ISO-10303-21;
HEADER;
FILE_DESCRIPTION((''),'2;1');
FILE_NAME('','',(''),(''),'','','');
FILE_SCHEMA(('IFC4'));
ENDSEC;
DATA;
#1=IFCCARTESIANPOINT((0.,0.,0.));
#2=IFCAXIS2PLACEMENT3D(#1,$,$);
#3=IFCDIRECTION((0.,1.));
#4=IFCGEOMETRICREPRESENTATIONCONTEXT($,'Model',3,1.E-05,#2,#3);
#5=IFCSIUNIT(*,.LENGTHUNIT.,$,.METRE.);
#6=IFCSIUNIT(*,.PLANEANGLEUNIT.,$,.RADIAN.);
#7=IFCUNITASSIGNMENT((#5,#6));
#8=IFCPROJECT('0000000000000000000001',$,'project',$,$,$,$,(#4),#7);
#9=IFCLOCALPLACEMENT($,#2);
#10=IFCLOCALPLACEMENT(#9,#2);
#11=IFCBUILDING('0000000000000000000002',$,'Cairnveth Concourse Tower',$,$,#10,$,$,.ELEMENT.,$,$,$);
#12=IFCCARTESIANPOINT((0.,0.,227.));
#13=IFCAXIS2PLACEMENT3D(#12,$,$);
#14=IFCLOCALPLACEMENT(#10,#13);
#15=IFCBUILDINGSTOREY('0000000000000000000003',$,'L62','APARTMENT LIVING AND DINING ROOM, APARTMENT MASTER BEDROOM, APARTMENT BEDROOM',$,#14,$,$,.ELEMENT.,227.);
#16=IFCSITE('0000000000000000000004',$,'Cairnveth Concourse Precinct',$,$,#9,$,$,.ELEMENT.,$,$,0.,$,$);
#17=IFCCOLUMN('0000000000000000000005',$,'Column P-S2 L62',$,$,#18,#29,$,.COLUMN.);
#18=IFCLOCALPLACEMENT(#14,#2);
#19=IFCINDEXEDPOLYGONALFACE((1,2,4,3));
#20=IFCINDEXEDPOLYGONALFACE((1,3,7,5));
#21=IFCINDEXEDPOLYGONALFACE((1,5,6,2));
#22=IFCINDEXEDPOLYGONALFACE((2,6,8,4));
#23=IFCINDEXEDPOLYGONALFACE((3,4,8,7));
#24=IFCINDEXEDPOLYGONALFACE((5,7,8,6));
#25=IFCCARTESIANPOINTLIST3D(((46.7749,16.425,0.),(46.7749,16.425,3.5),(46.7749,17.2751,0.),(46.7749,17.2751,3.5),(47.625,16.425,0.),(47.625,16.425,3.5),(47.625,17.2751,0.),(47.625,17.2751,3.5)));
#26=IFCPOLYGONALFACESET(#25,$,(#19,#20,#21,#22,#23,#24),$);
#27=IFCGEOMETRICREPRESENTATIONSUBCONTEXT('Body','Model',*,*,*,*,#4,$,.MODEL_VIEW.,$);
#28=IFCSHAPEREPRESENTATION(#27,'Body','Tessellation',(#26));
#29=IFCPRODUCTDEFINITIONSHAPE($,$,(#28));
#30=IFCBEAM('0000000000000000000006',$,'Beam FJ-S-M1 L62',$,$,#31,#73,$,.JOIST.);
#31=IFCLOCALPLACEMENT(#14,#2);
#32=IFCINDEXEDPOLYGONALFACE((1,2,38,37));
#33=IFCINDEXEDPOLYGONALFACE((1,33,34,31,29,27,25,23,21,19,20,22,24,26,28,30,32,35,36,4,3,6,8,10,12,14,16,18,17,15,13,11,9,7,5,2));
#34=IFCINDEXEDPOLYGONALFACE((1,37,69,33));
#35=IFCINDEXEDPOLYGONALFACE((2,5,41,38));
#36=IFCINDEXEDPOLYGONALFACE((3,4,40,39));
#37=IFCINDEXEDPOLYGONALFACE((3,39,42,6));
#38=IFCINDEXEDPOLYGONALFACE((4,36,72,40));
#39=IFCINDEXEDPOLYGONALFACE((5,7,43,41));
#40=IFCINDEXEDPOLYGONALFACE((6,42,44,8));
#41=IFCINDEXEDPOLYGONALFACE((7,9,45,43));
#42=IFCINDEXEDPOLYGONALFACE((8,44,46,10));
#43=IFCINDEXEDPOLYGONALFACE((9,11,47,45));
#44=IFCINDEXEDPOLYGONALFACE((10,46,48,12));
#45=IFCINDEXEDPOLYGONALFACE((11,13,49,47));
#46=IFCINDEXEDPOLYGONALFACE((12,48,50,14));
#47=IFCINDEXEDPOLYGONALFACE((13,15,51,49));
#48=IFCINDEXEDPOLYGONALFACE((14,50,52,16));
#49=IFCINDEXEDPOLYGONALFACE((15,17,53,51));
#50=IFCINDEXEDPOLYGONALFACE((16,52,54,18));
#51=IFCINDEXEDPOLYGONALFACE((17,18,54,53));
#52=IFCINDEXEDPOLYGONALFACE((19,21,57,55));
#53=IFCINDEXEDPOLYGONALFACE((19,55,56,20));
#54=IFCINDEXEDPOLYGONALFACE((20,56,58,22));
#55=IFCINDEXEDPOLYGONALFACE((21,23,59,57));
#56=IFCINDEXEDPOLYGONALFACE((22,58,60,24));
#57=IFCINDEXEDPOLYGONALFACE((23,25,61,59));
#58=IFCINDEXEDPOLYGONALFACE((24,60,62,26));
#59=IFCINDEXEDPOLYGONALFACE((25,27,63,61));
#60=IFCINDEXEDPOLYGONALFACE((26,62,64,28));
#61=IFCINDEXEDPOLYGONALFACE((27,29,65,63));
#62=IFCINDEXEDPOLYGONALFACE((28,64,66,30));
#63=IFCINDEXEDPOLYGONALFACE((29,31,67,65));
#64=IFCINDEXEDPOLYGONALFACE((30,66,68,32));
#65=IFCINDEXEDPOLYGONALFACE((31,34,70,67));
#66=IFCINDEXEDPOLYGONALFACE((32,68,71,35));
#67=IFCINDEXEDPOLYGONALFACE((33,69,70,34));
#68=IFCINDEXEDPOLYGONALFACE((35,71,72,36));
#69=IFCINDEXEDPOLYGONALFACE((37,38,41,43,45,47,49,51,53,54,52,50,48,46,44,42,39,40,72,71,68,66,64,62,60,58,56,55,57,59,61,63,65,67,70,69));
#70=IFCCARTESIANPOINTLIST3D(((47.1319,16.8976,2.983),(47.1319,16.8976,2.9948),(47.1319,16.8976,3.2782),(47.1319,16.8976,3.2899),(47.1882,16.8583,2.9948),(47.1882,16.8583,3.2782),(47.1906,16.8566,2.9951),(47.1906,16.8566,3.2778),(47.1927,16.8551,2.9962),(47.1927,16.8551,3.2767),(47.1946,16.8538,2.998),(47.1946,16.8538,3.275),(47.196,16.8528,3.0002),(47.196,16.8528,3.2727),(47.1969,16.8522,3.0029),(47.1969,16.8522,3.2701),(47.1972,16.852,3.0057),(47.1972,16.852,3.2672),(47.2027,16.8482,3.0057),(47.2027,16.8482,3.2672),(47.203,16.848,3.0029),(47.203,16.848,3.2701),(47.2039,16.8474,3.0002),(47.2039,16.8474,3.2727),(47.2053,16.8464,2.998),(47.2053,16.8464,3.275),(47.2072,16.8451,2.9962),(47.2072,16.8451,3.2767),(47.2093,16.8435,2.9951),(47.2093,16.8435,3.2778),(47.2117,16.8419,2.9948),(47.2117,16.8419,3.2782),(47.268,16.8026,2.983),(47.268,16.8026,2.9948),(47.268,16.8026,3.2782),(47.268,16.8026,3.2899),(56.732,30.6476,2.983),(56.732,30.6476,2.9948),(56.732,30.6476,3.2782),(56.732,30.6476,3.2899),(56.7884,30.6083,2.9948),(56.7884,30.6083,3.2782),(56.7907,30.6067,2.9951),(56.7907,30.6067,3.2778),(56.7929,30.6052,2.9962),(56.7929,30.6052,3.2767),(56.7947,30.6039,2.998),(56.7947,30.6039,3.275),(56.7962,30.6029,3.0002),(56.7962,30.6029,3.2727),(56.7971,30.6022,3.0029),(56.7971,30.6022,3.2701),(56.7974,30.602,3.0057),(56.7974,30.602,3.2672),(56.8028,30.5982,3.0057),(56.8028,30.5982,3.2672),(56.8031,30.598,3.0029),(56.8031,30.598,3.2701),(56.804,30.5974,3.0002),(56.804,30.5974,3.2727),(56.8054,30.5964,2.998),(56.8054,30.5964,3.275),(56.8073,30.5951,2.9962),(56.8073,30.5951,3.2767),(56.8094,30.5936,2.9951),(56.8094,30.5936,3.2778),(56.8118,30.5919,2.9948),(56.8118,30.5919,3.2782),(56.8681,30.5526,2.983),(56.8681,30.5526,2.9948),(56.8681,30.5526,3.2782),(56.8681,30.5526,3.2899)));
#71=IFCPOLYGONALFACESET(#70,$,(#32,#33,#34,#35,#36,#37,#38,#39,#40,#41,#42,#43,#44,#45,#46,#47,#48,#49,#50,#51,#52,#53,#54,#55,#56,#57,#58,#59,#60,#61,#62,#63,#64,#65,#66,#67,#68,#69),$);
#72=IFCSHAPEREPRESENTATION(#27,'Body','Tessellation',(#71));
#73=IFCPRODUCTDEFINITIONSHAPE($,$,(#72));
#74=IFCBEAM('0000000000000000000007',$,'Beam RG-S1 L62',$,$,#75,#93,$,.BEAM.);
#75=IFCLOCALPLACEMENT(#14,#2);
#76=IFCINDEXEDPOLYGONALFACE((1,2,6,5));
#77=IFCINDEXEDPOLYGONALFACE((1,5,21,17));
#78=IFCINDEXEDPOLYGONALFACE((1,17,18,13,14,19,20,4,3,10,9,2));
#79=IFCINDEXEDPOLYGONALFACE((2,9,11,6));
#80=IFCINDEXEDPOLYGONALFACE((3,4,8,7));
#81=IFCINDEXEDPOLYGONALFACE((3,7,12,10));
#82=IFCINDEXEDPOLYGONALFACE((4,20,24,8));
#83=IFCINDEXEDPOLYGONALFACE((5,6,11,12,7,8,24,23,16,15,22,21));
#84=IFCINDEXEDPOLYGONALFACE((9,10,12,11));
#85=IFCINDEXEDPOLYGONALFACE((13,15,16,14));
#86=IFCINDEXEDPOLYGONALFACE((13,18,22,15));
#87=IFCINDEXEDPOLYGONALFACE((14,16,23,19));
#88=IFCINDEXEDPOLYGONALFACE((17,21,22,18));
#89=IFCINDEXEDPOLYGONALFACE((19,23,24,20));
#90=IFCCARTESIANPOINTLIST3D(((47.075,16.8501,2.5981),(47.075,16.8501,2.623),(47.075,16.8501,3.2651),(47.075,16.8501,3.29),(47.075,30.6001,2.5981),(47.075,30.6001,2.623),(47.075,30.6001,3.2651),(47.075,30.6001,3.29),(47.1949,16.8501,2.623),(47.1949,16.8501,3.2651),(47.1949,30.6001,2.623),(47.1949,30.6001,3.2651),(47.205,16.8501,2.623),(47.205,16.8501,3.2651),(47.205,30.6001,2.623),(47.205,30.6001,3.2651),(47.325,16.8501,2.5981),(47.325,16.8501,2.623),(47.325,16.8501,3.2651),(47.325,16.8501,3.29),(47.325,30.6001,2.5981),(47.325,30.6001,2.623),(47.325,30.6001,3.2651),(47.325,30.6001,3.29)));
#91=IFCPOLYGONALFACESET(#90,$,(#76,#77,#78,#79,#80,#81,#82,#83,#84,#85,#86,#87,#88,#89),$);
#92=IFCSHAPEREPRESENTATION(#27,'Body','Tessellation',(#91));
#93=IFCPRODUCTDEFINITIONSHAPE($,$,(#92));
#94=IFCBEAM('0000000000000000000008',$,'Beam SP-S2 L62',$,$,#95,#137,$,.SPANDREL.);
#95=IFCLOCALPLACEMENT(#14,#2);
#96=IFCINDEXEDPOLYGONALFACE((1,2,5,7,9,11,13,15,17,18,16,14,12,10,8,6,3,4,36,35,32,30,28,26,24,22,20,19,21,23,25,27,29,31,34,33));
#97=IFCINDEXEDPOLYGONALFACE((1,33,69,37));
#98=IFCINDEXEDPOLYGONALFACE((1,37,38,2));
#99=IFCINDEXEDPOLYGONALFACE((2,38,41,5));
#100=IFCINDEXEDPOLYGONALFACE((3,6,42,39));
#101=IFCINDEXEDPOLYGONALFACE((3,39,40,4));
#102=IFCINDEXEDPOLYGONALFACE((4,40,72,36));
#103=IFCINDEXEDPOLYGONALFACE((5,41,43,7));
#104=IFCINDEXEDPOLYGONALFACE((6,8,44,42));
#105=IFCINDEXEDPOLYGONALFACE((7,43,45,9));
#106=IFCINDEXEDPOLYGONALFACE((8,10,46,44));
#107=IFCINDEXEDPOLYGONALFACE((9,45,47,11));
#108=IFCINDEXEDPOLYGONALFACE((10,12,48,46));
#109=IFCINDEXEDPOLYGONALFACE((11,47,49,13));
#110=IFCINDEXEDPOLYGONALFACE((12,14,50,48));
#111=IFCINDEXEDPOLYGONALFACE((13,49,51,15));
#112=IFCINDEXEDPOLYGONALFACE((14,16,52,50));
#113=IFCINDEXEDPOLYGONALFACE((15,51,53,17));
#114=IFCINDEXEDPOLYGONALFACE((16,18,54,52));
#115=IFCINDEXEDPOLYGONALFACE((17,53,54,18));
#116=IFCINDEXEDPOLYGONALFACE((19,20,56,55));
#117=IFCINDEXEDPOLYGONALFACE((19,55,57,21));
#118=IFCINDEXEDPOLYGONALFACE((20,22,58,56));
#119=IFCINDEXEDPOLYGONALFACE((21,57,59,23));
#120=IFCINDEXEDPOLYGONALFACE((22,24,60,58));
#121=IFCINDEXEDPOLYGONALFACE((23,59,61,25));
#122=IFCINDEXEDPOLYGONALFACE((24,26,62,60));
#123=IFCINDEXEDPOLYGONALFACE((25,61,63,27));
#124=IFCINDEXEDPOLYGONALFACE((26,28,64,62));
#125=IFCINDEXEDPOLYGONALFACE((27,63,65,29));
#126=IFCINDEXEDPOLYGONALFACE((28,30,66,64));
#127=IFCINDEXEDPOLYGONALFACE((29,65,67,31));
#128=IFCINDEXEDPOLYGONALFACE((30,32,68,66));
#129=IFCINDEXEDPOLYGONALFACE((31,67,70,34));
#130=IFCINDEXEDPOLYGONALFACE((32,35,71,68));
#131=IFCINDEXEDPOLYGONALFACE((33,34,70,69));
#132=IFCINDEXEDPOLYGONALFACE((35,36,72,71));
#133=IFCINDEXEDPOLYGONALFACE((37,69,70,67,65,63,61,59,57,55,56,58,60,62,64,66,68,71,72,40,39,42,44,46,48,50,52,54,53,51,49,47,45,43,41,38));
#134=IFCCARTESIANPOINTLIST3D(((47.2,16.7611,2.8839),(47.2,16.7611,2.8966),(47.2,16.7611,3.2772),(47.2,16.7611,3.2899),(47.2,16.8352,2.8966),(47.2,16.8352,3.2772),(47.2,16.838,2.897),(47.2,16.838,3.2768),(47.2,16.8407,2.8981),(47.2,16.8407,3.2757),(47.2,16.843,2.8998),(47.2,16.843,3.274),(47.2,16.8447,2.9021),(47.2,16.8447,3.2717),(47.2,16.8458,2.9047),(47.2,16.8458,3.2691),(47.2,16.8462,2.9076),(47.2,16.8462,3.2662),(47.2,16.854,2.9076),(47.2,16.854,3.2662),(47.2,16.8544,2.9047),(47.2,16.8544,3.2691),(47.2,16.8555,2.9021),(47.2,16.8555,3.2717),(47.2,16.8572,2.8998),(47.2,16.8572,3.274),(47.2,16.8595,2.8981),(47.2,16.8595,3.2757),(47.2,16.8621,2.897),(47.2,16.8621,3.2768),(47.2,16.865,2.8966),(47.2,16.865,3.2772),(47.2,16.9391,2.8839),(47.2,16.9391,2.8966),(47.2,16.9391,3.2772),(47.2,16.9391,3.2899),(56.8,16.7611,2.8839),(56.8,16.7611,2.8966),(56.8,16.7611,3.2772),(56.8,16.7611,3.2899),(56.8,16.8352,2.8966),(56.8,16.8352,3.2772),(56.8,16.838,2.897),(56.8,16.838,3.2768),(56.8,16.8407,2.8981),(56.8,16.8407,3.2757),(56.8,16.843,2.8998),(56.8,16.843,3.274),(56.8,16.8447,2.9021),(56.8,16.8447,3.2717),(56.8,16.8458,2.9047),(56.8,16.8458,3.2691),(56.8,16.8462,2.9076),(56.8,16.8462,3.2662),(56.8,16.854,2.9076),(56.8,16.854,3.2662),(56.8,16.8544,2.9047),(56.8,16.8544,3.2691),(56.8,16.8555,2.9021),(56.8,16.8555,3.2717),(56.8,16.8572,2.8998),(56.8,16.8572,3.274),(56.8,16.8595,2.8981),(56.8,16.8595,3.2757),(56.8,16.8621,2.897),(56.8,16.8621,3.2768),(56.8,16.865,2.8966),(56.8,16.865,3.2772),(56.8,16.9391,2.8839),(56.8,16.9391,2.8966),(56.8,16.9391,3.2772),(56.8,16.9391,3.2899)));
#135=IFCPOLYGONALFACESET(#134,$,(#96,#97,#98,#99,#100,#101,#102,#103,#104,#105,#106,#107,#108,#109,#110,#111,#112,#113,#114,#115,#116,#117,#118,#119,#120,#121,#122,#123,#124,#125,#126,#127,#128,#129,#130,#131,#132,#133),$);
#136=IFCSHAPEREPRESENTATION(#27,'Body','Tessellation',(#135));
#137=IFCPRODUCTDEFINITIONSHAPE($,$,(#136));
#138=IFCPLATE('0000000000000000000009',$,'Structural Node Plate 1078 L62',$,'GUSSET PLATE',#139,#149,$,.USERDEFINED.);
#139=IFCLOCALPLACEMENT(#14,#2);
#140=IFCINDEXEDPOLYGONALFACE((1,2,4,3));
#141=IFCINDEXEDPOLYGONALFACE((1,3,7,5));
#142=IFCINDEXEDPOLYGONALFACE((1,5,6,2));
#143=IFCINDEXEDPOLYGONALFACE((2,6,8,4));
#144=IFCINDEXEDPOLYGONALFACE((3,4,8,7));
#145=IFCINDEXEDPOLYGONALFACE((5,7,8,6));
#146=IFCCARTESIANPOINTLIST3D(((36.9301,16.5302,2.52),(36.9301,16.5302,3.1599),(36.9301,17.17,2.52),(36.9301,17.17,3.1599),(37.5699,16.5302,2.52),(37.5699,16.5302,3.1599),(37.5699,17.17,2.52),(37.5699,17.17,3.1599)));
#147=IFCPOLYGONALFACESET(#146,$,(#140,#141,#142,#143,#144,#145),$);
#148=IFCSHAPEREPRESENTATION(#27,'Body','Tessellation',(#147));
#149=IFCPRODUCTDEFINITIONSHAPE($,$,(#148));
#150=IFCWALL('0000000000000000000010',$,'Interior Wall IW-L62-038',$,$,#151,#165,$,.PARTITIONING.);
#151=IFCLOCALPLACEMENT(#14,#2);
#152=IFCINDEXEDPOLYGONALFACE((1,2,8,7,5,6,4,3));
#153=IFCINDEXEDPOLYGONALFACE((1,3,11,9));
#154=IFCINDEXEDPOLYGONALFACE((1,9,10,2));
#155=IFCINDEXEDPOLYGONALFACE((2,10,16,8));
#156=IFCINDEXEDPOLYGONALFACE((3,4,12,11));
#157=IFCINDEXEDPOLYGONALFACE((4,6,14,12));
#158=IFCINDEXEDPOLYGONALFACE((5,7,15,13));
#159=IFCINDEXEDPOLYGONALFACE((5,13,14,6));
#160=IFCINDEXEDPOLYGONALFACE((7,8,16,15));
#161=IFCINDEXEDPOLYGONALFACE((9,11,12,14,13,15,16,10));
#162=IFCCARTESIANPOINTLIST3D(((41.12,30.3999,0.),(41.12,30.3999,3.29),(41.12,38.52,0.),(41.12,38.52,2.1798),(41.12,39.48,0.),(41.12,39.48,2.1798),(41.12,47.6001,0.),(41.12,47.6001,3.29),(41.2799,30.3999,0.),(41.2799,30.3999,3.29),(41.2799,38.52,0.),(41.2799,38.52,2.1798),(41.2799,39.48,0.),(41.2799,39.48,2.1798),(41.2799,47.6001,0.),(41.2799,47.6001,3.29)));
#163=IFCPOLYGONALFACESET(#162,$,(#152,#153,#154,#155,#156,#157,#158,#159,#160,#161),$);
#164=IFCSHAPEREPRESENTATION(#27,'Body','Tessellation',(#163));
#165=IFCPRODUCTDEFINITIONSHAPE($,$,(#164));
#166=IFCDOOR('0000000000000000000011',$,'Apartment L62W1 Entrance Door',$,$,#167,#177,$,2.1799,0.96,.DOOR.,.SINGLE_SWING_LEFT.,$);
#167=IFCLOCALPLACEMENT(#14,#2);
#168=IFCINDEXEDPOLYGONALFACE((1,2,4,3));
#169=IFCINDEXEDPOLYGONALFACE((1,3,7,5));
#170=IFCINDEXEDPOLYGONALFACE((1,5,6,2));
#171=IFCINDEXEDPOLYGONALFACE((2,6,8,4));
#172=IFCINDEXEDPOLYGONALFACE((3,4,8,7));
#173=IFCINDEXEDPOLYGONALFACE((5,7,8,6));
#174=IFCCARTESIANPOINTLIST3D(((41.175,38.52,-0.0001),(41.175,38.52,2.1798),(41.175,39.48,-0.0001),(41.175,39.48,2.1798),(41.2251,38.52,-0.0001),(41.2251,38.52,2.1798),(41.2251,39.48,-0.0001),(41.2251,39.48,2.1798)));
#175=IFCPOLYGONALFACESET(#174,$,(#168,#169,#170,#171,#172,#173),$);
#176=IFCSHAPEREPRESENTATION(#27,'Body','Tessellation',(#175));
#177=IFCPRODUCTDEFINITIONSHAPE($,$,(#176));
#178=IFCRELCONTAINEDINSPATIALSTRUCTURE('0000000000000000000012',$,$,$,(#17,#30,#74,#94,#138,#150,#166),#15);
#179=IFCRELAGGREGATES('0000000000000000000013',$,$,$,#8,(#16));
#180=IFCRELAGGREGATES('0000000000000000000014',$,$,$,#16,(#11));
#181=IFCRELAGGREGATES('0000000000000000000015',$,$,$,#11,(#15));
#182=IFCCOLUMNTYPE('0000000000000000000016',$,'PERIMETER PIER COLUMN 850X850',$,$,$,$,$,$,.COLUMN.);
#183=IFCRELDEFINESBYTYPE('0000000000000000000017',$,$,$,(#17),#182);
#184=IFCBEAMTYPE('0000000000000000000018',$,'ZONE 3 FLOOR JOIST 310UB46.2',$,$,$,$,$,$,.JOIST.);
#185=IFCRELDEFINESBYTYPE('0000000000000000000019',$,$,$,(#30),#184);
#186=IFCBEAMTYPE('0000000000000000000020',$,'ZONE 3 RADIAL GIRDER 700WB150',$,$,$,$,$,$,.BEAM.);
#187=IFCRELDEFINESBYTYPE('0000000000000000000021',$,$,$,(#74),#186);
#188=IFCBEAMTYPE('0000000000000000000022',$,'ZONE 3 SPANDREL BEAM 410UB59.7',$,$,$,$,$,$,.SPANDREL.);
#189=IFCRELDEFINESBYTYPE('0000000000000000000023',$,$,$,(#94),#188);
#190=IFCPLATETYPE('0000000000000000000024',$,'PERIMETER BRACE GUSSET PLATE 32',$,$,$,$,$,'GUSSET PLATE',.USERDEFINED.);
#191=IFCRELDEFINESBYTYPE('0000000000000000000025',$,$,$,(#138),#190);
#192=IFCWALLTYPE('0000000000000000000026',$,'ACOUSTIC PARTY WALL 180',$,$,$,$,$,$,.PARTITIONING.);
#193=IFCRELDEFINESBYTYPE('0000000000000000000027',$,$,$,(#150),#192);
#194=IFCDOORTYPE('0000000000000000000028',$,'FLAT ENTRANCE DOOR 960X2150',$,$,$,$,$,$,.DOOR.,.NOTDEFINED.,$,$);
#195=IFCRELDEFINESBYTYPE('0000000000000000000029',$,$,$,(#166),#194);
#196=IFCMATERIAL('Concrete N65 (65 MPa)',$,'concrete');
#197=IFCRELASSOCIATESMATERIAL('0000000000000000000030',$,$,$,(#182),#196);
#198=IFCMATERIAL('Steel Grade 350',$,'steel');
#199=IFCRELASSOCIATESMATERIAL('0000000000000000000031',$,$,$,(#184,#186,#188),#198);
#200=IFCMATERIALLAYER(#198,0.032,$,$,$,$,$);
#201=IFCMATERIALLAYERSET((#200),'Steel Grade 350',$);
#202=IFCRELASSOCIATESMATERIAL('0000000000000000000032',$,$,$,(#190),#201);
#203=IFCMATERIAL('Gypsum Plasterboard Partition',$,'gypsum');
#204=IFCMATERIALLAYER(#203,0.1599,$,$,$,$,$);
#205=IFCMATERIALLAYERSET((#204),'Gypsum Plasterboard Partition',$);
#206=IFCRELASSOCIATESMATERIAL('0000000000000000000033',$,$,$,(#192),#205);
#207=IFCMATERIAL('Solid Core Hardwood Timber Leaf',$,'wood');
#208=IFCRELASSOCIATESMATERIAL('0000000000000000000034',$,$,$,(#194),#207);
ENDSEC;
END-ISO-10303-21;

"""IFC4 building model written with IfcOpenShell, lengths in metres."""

from ifc_helpers import new_model, si_unit, direction, frame, frame_2d, origin, origin_2d, place, context, subcontext, project, spatial, rectangle, i_section, extrude, material, layer, layer_set, material_profile, profile_set, type_object, element, fill, save


model = new_model("IFC4")

# Units and contexts
model_context = context("Model", 3, precision=1e-05, world=origin(), true_north=direction((0.0, 1.0)))
body_context = subcontext(model_context, "Body", "Model", "MODEL_VIEW")
ifc_project = project(units=[si_unit("LENGTHUNIT", "METRE"), si_unit("PLANEANGLEUNIT", "RADIAN")], contexts=[model_context])

# Site, building, storey
site_placement = place(None, origin())
site = spatial("IfcSite", under=ifc_project, at=site_placement, Name="Cairnveth Concourse Precinct", CompositionType="ELEMENT", RefElevation=0.0)
building_placement = place(site_placement, origin())
building = spatial("IfcBuilding", under=site, at=building_placement, Name="Cairnveth Concourse Tower", CompositionType="ELEMENT")
storey_placement = place(building_placement, frame((0.0, 0.0, 227.0)))
storey = spatial("IfcBuildingStorey", under=building, at=storey_placement, Name="L62", Description="APARTMENT LIVING AND DINING ROOM, APARTMENT MASTER BEDROOM, APARTMENT BEDROOM", CompositionType="ELEMENT", Elevation=227.0)

# Column
ifc_material_1 = material(Name="Concrete N65 (65 MPa)", Category="concrete")
ifc_material_profile_1 = material_profile(ifc_material_1, rectangle(XDim=0.8501, YDim=0.8501, at=origin_2d()), Name="RC-COL-850x850")
ifc_profile_set_1 = profile_set([ifc_material_profile_1], Name="Concrete N65 (65 MPa)")
column_type = type_object("IfcColumnType", Name="PERIMETER PIER COLUMN 850X850", PredefinedType="COLUMN", material=ifc_profile_set_1)
column_placement = place(storey_placement, frame((47.2, 16.8501, 0.0), z_axis=(0.0, 0.0, 1.0), x_axis=(1.0, 0.0, 0.0)))
element("IfcColumn", 1, at=column_placement, inside=storey, type_object=column_type, Name="Column P-S2 L62", PredefinedType="COLUMN", context=body_context, shape_type="SweptSolid", body=[
    extrude(rectangle(XDim=0.8501, YDim=0.8501, at=origin_2d()), origin(), (0.0, 0.0, 1.0), 3.5),
])

# Beams
ifc_material_2 = material(Name="Steel Grade 350", Category="steel")
ifc_material_profile_2 = material_profile(ifc_material_2, i_section(OverallWidth=0.166, OverallDepth=0.3069, WebThickness=0.0066, FlangeThickness=0.0117, FilletRadius=0.011, at=origin_2d()), Name="310UB46.2")
ifc_profile_set_2 = profile_set([ifc_material_profile_2], Name="Steel Grade 350")
beam_type_1 = type_object("IfcBeamType", Name="ZONE 3 FLOOR JOIST 310UB46.2", PredefinedType="JOIST", material=ifc_profile_set_2)
beam_1_placement = place(storey_placement, frame((47.2, 16.8501, 3.1365), z_axis=(0.572465, 0.819929, 0.0), x_axis=(-0.819929, 0.572465, 0.0)))
element("IfcBeam", 2, at=beam_1_placement, inside=storey, type_object=beam_type_1, Name="Beam FJ-S-M1 L62", PredefinedType="JOIST", context=body_context, shape_type="SweptSolid", body=[
    extrude(i_section(OverallWidth=0.166, OverallDepth=0.3069, WebThickness=0.0066, FlangeThickness=0.0117, FilletRadius=0.011, at=origin_2d()), origin(), (0.0, 0.0, 1.0), 16.7698),
])
ifc_material_profile_3 = material_profile(ifc_material_2, i_section(OverallWidth=0.25, OverallDepth=0.6919, WebThickness=0.01, FlangeThickness=0.0249, at=origin_2d()), Name="700WB150")
ifc_profile_set_3 = profile_set([ifc_material_profile_3], Name="Steel Grade 350")
beam_type_2 = type_object("IfcBeamType", Name="ZONE 3 RADIAL GIRDER 700WB150", PredefinedType="BEAM", material=ifc_profile_set_3)
beam_2_placement = place(storey_placement, frame((47.2, 16.8501, 2.9441), z_axis=(0.0, 1.0, 0.0), x_axis=(-1.0, 0.0, 0.0)))
element("IfcBeam", 3, at=beam_2_placement, inside=storey, type_object=beam_type_2, Name="Beam RG-S1 L62", PredefinedType="BEAM", context=body_context, shape_type="SweptSolid", body=[
    extrude(i_section(OverallWidth=0.25, OverallDepth=0.6919, WebThickness=0.01, FlangeThickness=0.0249, at=origin_2d()), origin(), (0.0, 0.0, 1.0), 13.75),
])
ifc_material_profile_4 = material_profile(ifc_material_2, i_section(OverallWidth=0.178, OverallDepth=0.406, WebThickness=0.0078, FlangeThickness=0.0127, FilletRadius=0.011, at=origin_2d()), Name="410UB59.7")
ifc_profile_set_4 = profile_set([ifc_material_profile_4], Name="Steel Grade 350")
beam_type_3 = type_object("IfcBeamType", Name="ZONE 3 SPANDREL BEAM 410UB59.7", PredefinedType="SPANDREL", material=ifc_profile_set_4)
beam_3_placement = place(storey_placement, frame((47.2, 16.8501, 3.0869), z_axis=(1.0, 0.0, 0.0), x_axis=(0.0, 1.0, 0.0)))
element("IfcBeam", 4, at=beam_3_placement, inside=storey, type_object=beam_type_3, Name="Beam SP-S2 L62", PredefinedType="SPANDREL", context=body_context, shape_type="SweptSolid", body=[
    extrude(i_section(OverallWidth=0.178, OverallDepth=0.406, WebThickness=0.0078, FlangeThickness=0.0127, FilletRadius=0.011, at=origin_2d()), origin(), (0.0, 0.0, 1.0), 9.6001),
])

# Plate
ifc_layer_1 = layer(ifc_material_2, 0.032)
ifc_layer_set_1 = layer_set([ifc_layer_1], Name="Steel Grade 350")
plate_type = type_object("IfcPlateType", Name="PERIMETER BRACE GUSSET PLATE 32", ElementType="GUSSET PLATE", PredefinedType="USERDEFINED", material=ifc_layer_set_1)
plate_placement = place(storey_placement, frame((37.25, 16.8501, 2.52), z_axis=(0.0, 0.0, 1.0), x_axis=(1.0, 0.0, 0.0)))
element("IfcPlate", 5, at=plate_placement, inside=storey, type_object=plate_type, Name="Structural Node Plate 1078 L62", ObjectType="GUSSET PLATE", PredefinedType="USERDEFINED", context=body_context, shape_type="SweptSolid", body=[
    extrude(rectangle(XDim=0.6399, YDim=0.6399, at=origin_2d()), origin(), (0.0, 0.0, 1.0), 0.6399),
])

# Wall, opening, door
ifc_material_3 = material(Name="Gypsum Plasterboard Partition", Category="gypsum")
ifc_layer_2 = layer(ifc_material_3, 0.1599)
ifc_layer_set_2 = layer_set([ifc_layer_2], Name="Gypsum Plasterboard Partition")
wall_type_1 = type_object("IfcWallType", Name="ACOUSTIC PARTY WALL 180", PredefinedType="PARTITIONING", material=ifc_layer_set_2)
wall_1_placement = place(storey_placement, frame((41.2, 30.3999, 0.0), z_axis=(0.0, 0.0, 1.0), x_axis=(0.0, 1.0, 0.0)))
wall_1 = element("IfcWall", 6, at=wall_1_placement, inside=storey, type_object=wall_type_1, Name="Interior Wall IW-L62-038", PredefinedType="PARTITIONING", context=body_context, shape_type="SweptSolid", body=[
    extrude(rectangle(XDim=17.2002, YDim=0.1599, at=frame_2d((8.6001, 0.0))), origin(), (0.0, 0.0, 1.0), 3.29),
])
opening_1_placement = place(wall_1_placement, frame((8.1201, 0.0, 0.0)))
opening_1 = element("IfcOpeningElement", 7, at=opening_1_placement, cuts=wall_1, PredefinedType="OPENING", context=body_context, shape_type="SweptSolid", body=[
    extrude(rectangle(XDim=0.96, YDim=2.1799, at=frame_2d((0.48, 1.0898))), frame((0.0, 0.0898, 0.0), z_axis=(0.0, -1.0, 0.0), x_axis=(1.0, 0.0, 0.0)), (0.0, 0.0, 1.0), 0.1799),
])
ifc_material_4 = material(Name="Solid Core Hardwood Timber Leaf", Category="wood")
door_type_1 = type_object("IfcDoorType", Name="FLAT ENTRANCE DOOR 960X2150", OperationType="NOTDEFINED", PredefinedType="DOOR", material=ifc_material_4)
door_1_placement = place(opening_1_placement, origin())
door_1 = element("IfcDoor", 8, at=door_1_placement, inside=storey, type_object=door_type_1, Name="Apartment L62W1 Entrance Door", OperationType="SINGLE_SWING_LEFT", OverallHeight=2.1799, OverallWidth=0.96, PredefinedType="DOOR", context=body_context, shape_type="SweptSolid", body=[
    extrude(rectangle(XDim=0.96, YDim=2.1799, at=frame_2d((0.48, 1.0898))), frame((0.0, 0.0249, 0.0), z_axis=(0.0, -1.0, 0.0), x_axis=(1.0, 0.0, 0.0)), (0.0, 0.0, 1.0), 0.05),
])
fill(opening_1, door_1)

save(model, "model.ifc")
